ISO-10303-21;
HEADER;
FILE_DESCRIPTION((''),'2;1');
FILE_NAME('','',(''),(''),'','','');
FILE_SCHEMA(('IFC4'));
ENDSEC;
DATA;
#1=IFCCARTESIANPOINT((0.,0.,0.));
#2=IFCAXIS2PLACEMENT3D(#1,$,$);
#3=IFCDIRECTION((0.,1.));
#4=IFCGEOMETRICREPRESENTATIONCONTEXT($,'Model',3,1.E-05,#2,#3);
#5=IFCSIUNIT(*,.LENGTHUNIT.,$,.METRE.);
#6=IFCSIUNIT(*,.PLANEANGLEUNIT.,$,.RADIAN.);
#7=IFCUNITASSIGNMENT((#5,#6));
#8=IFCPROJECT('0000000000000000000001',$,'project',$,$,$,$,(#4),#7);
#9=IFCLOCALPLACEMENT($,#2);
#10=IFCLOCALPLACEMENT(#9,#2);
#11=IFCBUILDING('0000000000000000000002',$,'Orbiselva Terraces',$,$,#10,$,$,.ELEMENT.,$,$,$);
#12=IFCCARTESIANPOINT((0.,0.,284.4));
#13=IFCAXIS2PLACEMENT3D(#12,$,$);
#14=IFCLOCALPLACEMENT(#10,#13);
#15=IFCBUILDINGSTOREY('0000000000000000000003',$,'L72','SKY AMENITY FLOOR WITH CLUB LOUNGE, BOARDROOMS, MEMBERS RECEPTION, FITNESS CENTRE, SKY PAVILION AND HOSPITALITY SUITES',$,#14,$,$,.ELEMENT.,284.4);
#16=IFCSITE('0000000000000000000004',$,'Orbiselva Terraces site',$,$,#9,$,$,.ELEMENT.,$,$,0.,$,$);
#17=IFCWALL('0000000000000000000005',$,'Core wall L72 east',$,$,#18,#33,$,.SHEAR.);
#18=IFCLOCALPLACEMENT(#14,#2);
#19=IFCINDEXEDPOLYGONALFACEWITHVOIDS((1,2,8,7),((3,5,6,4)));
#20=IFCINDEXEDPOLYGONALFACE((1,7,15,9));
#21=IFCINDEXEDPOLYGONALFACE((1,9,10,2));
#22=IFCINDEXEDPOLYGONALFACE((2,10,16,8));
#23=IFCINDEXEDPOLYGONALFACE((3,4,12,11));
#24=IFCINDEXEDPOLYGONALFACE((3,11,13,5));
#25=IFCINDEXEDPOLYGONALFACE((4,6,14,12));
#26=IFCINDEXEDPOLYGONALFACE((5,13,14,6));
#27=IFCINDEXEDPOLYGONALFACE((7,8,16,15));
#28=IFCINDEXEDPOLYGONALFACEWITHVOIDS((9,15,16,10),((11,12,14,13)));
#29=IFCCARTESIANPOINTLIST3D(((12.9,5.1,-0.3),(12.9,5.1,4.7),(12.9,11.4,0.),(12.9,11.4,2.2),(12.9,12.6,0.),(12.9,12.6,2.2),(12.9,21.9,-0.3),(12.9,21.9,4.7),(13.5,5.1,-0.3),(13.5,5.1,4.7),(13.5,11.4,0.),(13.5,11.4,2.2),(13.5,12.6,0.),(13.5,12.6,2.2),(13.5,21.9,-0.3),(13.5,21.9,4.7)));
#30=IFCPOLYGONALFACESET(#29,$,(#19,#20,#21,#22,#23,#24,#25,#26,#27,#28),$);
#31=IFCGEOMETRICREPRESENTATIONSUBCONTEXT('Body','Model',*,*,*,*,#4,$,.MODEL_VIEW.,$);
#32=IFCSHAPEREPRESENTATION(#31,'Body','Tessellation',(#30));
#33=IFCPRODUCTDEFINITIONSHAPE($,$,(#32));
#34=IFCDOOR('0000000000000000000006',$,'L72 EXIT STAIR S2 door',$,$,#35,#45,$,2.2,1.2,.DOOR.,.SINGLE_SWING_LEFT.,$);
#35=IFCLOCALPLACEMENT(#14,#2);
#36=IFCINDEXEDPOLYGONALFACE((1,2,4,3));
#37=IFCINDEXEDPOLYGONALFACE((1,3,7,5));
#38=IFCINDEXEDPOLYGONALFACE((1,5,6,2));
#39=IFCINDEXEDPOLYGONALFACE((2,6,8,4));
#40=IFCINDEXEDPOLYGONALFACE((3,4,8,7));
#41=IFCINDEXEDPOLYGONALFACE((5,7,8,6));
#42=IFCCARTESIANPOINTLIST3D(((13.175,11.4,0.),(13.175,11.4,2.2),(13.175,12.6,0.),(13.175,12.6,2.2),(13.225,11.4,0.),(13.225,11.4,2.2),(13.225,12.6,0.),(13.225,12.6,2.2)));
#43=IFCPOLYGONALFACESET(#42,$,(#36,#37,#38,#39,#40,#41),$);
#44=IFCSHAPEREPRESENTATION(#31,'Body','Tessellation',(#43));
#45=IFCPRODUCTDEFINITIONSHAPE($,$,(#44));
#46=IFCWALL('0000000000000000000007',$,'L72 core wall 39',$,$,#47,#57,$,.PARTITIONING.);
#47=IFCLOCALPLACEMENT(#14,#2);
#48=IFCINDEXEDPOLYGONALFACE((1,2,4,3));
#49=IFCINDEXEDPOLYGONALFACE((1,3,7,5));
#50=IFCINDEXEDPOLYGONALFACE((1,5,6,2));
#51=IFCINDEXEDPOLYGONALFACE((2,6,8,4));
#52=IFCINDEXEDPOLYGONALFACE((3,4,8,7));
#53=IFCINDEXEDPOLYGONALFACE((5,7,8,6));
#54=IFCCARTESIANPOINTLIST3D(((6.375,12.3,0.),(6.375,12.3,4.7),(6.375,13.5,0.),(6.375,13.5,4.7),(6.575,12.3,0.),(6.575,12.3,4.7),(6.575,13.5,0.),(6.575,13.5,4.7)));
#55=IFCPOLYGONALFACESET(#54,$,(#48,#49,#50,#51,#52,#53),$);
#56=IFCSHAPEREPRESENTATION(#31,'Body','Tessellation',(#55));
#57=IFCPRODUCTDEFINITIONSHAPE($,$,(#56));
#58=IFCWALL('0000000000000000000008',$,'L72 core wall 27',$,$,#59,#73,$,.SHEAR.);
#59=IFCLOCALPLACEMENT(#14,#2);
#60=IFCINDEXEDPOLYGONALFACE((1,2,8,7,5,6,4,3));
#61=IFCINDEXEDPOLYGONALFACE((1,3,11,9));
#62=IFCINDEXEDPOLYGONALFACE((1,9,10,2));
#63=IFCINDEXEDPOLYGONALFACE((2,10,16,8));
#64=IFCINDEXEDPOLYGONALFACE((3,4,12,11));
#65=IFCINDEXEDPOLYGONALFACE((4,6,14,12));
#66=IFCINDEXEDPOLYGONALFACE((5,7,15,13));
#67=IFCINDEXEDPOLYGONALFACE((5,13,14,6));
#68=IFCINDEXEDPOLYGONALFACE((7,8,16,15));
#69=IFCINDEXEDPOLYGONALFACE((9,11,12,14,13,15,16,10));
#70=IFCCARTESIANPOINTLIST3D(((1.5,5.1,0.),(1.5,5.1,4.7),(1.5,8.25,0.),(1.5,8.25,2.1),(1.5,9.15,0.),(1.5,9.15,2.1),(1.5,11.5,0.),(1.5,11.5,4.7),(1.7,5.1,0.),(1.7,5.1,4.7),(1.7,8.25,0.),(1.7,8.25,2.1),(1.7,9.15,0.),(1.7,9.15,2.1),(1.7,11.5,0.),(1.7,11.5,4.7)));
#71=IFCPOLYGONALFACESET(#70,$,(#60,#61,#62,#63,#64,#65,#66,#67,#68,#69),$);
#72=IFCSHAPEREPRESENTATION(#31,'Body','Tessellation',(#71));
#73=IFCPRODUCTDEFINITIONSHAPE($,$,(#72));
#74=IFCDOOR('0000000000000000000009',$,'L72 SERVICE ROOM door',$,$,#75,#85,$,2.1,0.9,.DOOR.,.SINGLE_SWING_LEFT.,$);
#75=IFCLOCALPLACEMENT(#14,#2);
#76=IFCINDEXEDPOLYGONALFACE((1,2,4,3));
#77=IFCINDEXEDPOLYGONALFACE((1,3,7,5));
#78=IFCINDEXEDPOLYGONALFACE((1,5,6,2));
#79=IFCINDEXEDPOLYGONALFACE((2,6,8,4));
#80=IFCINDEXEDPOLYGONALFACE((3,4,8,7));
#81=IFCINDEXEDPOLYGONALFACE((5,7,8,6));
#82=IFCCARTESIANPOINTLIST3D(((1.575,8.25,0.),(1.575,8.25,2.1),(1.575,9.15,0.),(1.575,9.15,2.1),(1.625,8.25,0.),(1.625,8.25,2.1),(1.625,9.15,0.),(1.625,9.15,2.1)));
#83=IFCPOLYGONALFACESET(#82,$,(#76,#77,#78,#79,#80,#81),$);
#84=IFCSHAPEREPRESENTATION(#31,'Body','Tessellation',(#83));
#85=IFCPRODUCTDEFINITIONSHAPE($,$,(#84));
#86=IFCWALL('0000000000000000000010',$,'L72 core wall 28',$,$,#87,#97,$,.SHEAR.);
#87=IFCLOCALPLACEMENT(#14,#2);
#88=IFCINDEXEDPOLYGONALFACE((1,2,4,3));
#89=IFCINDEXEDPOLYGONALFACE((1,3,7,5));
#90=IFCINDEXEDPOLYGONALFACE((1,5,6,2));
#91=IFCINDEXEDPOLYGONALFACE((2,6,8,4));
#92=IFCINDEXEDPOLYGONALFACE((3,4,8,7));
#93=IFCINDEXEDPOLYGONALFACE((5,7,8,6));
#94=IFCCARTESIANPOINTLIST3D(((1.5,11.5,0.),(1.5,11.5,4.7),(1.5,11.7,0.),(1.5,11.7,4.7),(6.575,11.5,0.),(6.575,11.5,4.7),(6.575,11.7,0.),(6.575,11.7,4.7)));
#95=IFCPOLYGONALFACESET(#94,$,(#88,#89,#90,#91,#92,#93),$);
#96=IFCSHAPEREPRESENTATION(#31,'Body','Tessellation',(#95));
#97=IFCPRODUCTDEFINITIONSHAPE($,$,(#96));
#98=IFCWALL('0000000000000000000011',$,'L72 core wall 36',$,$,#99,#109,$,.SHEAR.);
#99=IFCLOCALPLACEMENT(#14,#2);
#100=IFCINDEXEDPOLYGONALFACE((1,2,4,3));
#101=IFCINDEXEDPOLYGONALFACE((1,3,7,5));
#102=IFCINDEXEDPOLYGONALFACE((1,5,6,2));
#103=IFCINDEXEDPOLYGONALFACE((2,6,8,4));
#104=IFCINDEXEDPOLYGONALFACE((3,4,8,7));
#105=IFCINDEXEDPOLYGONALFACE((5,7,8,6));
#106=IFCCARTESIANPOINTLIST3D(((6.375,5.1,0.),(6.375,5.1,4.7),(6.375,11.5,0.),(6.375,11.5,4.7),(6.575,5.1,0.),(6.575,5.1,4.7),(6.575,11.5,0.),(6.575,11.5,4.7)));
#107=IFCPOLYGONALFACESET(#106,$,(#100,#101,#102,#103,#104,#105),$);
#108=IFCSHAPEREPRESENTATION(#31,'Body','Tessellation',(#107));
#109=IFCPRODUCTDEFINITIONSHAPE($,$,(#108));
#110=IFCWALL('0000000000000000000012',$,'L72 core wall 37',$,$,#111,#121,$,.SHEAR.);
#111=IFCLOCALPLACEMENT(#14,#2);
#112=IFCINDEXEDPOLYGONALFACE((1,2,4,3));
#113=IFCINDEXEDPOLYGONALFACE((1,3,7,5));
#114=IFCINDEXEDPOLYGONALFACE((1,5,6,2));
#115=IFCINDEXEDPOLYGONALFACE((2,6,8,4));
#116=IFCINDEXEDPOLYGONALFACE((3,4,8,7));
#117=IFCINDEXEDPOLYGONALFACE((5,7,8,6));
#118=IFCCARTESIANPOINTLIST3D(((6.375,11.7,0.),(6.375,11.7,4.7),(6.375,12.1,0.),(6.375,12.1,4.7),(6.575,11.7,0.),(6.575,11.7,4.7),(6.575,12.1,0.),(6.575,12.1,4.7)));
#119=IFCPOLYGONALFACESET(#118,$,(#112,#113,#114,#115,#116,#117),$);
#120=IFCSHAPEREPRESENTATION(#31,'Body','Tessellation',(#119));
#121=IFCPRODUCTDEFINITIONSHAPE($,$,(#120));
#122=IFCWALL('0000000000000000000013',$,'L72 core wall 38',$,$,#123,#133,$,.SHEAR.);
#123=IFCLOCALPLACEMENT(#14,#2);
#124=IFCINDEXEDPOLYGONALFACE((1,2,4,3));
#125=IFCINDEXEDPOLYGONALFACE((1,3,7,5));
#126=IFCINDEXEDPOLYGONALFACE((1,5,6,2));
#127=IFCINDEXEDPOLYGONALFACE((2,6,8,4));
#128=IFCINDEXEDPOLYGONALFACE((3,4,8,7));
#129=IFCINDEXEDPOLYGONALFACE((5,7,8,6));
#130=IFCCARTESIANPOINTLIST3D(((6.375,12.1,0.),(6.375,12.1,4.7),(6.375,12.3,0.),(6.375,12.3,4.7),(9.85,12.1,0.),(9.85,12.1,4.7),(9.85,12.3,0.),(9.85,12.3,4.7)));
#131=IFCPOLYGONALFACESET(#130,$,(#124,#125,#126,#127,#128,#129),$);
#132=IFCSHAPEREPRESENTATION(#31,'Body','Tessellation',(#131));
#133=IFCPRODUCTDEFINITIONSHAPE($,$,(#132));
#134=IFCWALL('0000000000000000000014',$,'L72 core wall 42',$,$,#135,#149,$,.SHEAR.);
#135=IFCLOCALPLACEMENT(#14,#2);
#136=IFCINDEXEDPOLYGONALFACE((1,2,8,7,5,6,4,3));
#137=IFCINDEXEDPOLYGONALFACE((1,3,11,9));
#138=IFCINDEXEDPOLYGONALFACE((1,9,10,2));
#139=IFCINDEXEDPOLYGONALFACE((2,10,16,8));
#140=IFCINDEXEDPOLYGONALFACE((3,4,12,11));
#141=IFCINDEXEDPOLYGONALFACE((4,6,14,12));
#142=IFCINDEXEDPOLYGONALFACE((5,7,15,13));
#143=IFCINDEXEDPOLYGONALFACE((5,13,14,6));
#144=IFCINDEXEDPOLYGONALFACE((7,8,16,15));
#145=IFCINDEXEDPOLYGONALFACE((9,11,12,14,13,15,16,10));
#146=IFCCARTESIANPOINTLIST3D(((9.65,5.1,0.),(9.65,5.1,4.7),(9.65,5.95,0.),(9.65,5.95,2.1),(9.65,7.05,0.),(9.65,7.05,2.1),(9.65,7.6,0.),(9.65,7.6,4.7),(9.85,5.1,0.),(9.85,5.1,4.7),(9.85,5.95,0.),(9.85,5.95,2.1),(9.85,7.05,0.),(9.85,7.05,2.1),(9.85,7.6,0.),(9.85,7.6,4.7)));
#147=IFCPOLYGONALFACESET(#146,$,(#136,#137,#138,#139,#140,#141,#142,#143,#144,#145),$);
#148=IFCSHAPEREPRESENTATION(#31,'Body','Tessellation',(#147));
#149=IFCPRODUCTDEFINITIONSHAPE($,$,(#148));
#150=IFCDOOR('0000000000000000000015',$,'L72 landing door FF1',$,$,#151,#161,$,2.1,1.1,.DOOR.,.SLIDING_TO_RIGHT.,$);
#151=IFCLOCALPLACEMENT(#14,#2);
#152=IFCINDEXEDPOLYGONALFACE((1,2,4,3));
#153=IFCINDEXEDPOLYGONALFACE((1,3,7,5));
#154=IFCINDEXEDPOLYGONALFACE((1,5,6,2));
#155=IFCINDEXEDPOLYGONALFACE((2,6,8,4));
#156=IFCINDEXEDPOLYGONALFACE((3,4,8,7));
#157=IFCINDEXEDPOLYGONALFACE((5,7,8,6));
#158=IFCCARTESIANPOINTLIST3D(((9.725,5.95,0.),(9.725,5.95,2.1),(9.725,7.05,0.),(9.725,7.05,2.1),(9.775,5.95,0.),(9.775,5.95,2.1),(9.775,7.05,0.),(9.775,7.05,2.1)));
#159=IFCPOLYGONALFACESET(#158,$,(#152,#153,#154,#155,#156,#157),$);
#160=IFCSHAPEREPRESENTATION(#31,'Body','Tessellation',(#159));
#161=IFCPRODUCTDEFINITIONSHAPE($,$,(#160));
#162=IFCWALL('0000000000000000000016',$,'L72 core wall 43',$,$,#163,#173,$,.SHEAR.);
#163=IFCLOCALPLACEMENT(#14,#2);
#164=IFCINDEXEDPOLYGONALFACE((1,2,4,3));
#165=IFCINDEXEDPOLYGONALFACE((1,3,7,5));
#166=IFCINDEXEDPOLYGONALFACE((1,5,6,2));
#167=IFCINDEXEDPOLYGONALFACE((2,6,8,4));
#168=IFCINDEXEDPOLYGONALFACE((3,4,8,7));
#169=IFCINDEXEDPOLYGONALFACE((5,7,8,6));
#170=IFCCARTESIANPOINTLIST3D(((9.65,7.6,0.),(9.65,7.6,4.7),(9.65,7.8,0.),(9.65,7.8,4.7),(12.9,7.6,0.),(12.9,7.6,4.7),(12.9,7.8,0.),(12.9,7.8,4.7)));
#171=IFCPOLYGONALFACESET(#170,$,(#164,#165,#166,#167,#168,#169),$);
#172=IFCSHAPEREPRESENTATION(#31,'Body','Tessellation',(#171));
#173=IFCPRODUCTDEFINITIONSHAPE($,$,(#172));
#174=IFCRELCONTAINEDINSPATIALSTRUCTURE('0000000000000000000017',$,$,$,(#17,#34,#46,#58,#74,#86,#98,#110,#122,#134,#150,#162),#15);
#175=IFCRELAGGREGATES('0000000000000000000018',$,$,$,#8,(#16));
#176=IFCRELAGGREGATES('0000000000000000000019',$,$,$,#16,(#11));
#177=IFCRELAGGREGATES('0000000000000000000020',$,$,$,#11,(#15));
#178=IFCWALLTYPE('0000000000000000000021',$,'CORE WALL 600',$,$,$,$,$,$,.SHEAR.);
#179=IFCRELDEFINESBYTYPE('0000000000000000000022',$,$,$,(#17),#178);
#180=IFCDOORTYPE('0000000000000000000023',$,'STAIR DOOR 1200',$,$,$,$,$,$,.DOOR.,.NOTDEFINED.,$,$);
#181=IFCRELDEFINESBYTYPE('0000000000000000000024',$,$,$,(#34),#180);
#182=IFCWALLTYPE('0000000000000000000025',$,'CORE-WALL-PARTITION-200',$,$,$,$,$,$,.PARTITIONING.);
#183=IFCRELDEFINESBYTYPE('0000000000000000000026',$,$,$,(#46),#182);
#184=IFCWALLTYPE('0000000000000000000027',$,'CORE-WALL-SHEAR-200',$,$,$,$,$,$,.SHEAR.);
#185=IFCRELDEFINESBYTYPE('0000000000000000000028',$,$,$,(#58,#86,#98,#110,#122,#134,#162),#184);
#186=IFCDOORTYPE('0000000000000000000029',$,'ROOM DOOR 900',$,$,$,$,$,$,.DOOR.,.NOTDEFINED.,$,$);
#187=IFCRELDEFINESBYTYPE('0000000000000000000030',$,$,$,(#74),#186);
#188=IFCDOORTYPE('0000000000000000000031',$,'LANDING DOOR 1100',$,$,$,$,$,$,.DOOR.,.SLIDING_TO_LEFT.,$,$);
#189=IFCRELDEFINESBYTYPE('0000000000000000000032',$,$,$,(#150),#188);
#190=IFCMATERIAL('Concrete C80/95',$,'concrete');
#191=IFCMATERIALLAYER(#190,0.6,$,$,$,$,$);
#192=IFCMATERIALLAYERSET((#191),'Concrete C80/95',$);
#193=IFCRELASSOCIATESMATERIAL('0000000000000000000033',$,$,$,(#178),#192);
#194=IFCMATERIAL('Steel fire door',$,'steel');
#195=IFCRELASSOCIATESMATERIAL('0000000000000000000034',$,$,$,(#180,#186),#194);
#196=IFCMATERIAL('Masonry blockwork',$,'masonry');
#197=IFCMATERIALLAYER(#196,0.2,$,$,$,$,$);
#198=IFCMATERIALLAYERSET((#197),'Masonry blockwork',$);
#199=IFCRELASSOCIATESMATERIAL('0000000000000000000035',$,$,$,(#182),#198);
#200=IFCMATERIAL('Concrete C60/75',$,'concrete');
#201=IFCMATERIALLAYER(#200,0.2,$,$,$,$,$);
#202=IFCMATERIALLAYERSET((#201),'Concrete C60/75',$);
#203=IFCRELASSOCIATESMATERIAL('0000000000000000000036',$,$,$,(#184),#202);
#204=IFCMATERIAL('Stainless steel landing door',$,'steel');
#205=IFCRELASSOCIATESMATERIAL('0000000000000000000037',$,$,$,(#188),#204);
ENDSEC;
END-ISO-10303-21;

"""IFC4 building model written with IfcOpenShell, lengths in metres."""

from ifc_helpers import new_model, si_unit, direction, frame, frame_2d, origin, place, context, subcontext, project, spatial, rectangle, extrude, material, layer, layer_set, type_object, element, fill, save


model = new_model("IFC4")

# Units and contexts
model_context = context("Model", 3, precision=1e-05, world=origin(), true_north=direction((0.0, 1.0)))
body_context = subcontext(model_context, "Body", "Model", "MODEL_VIEW")
ifc_project = project(units=[si_unit("LENGTHUNIT", "METRE"), si_unit("PLANEANGLEUNIT", "RADIAN")], contexts=[model_context])

# Site, building, storey
site_placement = place(None, origin())
site = spatial("IfcSite", under=ifc_project, at=site_placement, Name="Orbiselva Terraces site", CompositionType="ELEMENT", RefElevation=0.0)
building_placement = place(site_placement, origin())
building = spatial("IfcBuilding", under=site, at=building_placement, Name="Orbiselva Terraces", CompositionType="ELEMENT")
storey_placement = place(building_placement, frame((0.0, 0.0, 284.4)))
storey = spatial("IfcBuildingStorey", under=building, at=storey_placement, Name="L72", Description="SKY AMENITY FLOOR WITH CLUB LOUNGE, BOARDROOMS, MEMBERS RECEPTION, FITNESS CENTRE, SKY PAVILION AND HOSPITALITY SUITES", CompositionType="ELEMENT", Elevation=284.4)

# Wall, opening, door
ifc_material_1 = material(Name="Concrete C80/95", Category="concrete")
ifc_layer_1 = layer(ifc_material_1, 0.6)
ifc_layer_set_1 = layer_set([ifc_layer_1], Name="Concrete C80/95")
wall_type_1 = type_object("IfcWallType", Name="CORE WALL 600", PredefinedType="SHEAR", material=ifc_layer_set_1)
wall_1_placement = place(storey_placement, frame((13.2, 5.1, -0.3), z_axis=(0.0, 0.0, 1.0), x_axis=(0.0, 1.0, 0.0)))
wall_1 = element("IfcWall", 1, at=wall_1_placement, inside=storey, type_object=wall_type_1, Name="Core wall L72 east", PredefinedType="SHEAR", context=body_context, shape_type="SweptSolid", body=[
    extrude(rectangle(XDim=16.8, YDim=0.6, at=frame_2d((8.4, 0.0))), origin(), (0.0, 0.0, 1.0), 5.0),
])
opening_1_placement = place(wall_1_placement, frame((6.3, 0.0, 0.3)))
opening_1 = element("IfcOpeningElement", 2, at=opening_1_placement, cuts=wall_1, PredefinedType="OPENING", context=body_context, shape_type="SweptSolid", body=[
    extrude(rectangle(XDim=1.2, YDim=2.2, at=frame_2d((0.6, 1.1))), frame((0.0, 0.31, 0.0), z_axis=(0.0, -1.0, 0.0), x_axis=(1.0, 0.0, 0.0)), (0.0, 0.0, 1.0), 0.62),
])
ifc_material_2 = material(Name="Steel fire door", Category="steel")
door_type_1 = type_object("IfcDoorType", Name="STAIR DOOR 1200", OperationType="NOTDEFINED", PredefinedType="DOOR", material=ifc_material_2)
door_1_placement = place(opening_1_placement, frame((1.2, 0.0, 0.0), z_axis=(0.0, 0.0, 1.0), x_axis=(-1.0, 0.0, 0.0)))
door_1 = element("IfcDoor", 3, at=door_1_placement, inside=storey, type_object=door_type_1, Name="L72 EXIT STAIR S2 door", OperationType="SINGLE_SWING_LEFT", OverallHeight=2.2, OverallWidth=1.2, PredefinedType="DOOR", context=body_context, shape_type="SweptSolid", body=[
    extrude(rectangle(XDim=1.2, YDim=2.2, at=frame_2d((0.6, 1.1))), frame((0.0, 0.025, 0.0), z_axis=(0.0, -1.0, 0.0), x_axis=(1.0, 0.0, 0.0)), (0.0, 0.0, 1.0), 0.05),
])
fill(opening_1, door_1)

# Wall
ifc_material_3 = material(Name="Masonry blockwork", Category="masonry")
ifc_layer_2 = layer(ifc_material_3, 0.2)
ifc_layer_set_2 = layer_set([ifc_layer_2], Name="Masonry blockwork")
wall_type_2 = type_object("IfcWallType", Name="CORE-WALL-PARTITION-200", PredefinedType="PARTITIONING", material=ifc_layer_set_2)
wall_2_placement = place(storey_placement, frame((6.475, 12.3, 0.0), z_axis=(0.0, 0.0, 1.0), x_axis=(0.0, 1.0, 0.0)))
element("IfcWall", 4, at=wall_2_placement, inside=storey, type_object=wall_type_2, Name="L72 core wall 39", PredefinedType="PARTITIONING", context=body_context, shape_type="SweptSolid", body=[
    extrude(rectangle(XDim=1.2, YDim=0.2, at=frame_2d((0.6, 0.0))), origin(), (0.0, 0.0, 1.0), 4.7),
])

# Wall, opening, door
ifc_material_4 = material(Name="Concrete C60/75", Category="concrete")
ifc_layer_3 = layer(ifc_material_4, 0.2)
ifc_layer_set_3 = layer_set([ifc_layer_3], Name="Concrete C60/75")
wall_type_3 = type_object("IfcWallType", Name="CORE-WALL-SHEAR-200", PredefinedType="SHEAR", material=ifc_layer_set_3)
wall_3_placement = place(storey_placement, frame((1.6, 11.5, 0.0), z_axis=(0.0, 0.0, 1.0), x_axis=(0.0, -1.0, 0.0)))
wall_3 = element("IfcWall", 5, at=wall_3_placement, inside=storey, type_object=wall_type_3, Name="L72 core wall 27", PredefinedType="SHEAR", context=body_context, shape_type="SweptSolid", body=[
    extrude(rectangle(XDim=6.4, YDim=0.2, at=frame_2d((3.2, 0.0))), origin(), (0.0, 0.0, 1.0), 4.7),
])
opening_2_placement = place(wall_3_placement, frame((2.35, 0.0, 0.0)))
opening_2 = element("IfcOpeningElement", 6, at=opening_2_placement, cuts=wall_3, PredefinedType="OPENING", context=body_context, shape_type="SweptSolid", body=[
    extrude(rectangle(XDim=0.9, YDim=2.1, at=frame_2d((0.45, 1.05))), frame((0.0, 0.11, 0.0), z_axis=(0.0, -1.0, 0.0), x_axis=(1.0, 0.0, 0.0)), (0.0, 0.0, 1.0), 0.22),
])
door_type_2 = type_object("IfcDoorType", Name="ROOM DOOR 900", OperationType="NOTDEFINED", PredefinedType="DOOR", material=ifc_material_2)
door_2_placement = place(opening_2_placement, origin())
door_2 = element("IfcDoor", 7, at=door_2_placement, inside=storey, type_object=door_type_2, Name="L72 SERVICE ROOM door", OperationType="SINGLE_SWING_LEFT", OverallHeight=2.1, OverallWidth=0.9, PredefinedType="DOOR", context=body_context, shape_type="SweptSolid", body=[
    extrude(rectangle(XDim=0.9, YDim=2.1, at=frame_2d((0.45, 1.05))), frame((0.0, 0.025, 0.0), z_axis=(0.0, -1.0, 0.0), x_axis=(1.0, 0.0, 0.0)), (0.0, 0.0, 1.0), 0.05),
])
fill(opening_2, door_2)

# Walls
wall_4_placement = place(storey_placement, frame((1.5, 11.6, 0.0), z_axis=(0.0, 0.0, 1.0), x_axis=(1.0, 0.0, 0.0)))
element("IfcWall", 8, at=wall_4_placement, inside=storey, type_object=wall_type_3, Name="L72 core wall 28", PredefinedType="SHEAR", context=body_context, shape_type="SweptSolid", body=[
    extrude(rectangle(XDim=5.075, YDim=0.2, at=frame_2d((2.5375, 0.0))), origin(), (0.0, 0.0, 1.0), 4.7),
])
wall_5_placement = place(storey_placement, frame((6.475, 5.1, 0.0), z_axis=(0.0, 0.0, 1.0), x_axis=(0.0, 1.0, 0.0)))
element("IfcWall", 9, at=wall_5_placement, inside=storey, type_object=wall_type_3, Name="L72 core wall 36", PredefinedType="SHEAR", context=body_context, shape_type="SweptSolid", body=[
    extrude(rectangle(XDim=6.4, YDim=0.2, at=frame_2d((3.2, 0.0))), origin(), (0.0, 0.0, 1.0), 4.7),
])
wall_6_placement = place(storey_placement, frame((6.475, 11.7, 0.0), z_axis=(0.0, 0.0, 1.0), x_axis=(0.0, 1.0, 0.0)))
element("IfcWall", 10, at=wall_6_placement, inside=storey, type_object=wall_type_3, Name="L72 core wall 37", PredefinedType="SHEAR", context=body_context, shape_type="SweptSolid", body=[
    extrude(rectangle(XDim=0.4, YDim=0.2, at=frame_2d((0.2, 0.0))), origin(), (0.0, 0.0, 1.0), 4.7),
])
wall_7_placement = place(storey_placement, frame((6.375, 12.2, 0.0), z_axis=(0.0, 0.0, 1.0), x_axis=(1.0, 0.0, 0.0)))
element("IfcWall", 11, at=wall_7_placement, inside=storey, type_object=wall_type_3, Name="L72 core wall 38", PredefinedType="SHEAR", context=body_context, shape_type="SweptSolid", body=[
    extrude(rectangle(XDim=3.475, YDim=0.2, at=frame_2d((1.7375, 0.0))), origin(), (0.0, 0.0, 1.0), 4.7),
])

# Wall, opening, door
wall_8_placement = place(storey_placement, frame((9.75, 5.1, 0.0), z_axis=(0.0, 0.0, 1.0), x_axis=(0.0, 1.0, 0.0)))
wall_8 = element("IfcWall", 12, at=wall_8_placement, inside=storey, type_object=wall_type_3, Name="L72 core wall 42", PredefinedType="SHEAR", context=body_context, shape_type="SweptSolid", body=[
    extrude(rectangle(XDim=2.5, YDim=0.2, at=frame_2d((1.25, 0.0))), origin(), (0.0, 0.0, 1.0), 4.7),
])
opening_3_placement = place(wall_8_placement, frame((0.85, 0.0, 0.0)))
opening_3 = element("IfcOpeningElement", 13, at=opening_3_placement, cuts=wall_8, PredefinedType="OPENING", context=body_context, shape_type="SweptSolid", body=[
    extrude(rectangle(XDim=1.1, YDim=2.1, at=frame_2d((0.55, 1.05))), frame((0.0, 0.11, 0.0), z_axis=(0.0, -1.0, 0.0), x_axis=(1.0, 0.0, 0.0)), (0.0, 0.0, 1.0), 0.22),
])
ifc_material_5 = material(Name="Stainless steel landing door", Category="steel")
door_type_3 = type_object("IfcDoorType", Name="LANDING DOOR 1100", OperationType="SLIDING_TO_LEFT", PredefinedType="DOOR", material=ifc_material_5)
door_3_placement = place(opening_3_placement, origin())
door_3 = element("IfcDoor", 14, at=door_3_placement, inside=storey, type_object=door_type_3, Name="L72 landing door FF1", OperationType="SLIDING_TO_RIGHT", OverallHeight=2.1, OverallWidth=1.1, PredefinedType="DOOR", context=body_context, shape_type="SweptSolid", body=[
    extrude(rectangle(XDim=1.1, YDim=2.1, at=frame_2d((0.55, 1.05))), frame((0.0, 0.025, 0.0), z_axis=(0.0, -1.0, 0.0), x_axis=(1.0, 0.0, 0.0)), (0.0, 0.0, 1.0), 0.05),
])
fill(opening_3, door_3)

# Wall
wall_9_placement = place(storey_placement, frame((9.65, 7.7, 0.0), z_axis=(0.0, 0.0, 1.0), x_axis=(1.0, 0.0, 0.0)))
element("IfcWall", 15, at=wall_9_placement, inside=storey, type_object=wall_type_3, Name="L72 core wall 43", PredefinedType="SHEAR", context=body_context, shape_type="SweptSolid", body=[
    extrude(rectangle(XDim=3.25, YDim=0.2, at=frame_2d((1.625, 0.0))), origin(), (0.0, 0.0, 1.0), 4.7),
])

save(model, "model.ifc")
